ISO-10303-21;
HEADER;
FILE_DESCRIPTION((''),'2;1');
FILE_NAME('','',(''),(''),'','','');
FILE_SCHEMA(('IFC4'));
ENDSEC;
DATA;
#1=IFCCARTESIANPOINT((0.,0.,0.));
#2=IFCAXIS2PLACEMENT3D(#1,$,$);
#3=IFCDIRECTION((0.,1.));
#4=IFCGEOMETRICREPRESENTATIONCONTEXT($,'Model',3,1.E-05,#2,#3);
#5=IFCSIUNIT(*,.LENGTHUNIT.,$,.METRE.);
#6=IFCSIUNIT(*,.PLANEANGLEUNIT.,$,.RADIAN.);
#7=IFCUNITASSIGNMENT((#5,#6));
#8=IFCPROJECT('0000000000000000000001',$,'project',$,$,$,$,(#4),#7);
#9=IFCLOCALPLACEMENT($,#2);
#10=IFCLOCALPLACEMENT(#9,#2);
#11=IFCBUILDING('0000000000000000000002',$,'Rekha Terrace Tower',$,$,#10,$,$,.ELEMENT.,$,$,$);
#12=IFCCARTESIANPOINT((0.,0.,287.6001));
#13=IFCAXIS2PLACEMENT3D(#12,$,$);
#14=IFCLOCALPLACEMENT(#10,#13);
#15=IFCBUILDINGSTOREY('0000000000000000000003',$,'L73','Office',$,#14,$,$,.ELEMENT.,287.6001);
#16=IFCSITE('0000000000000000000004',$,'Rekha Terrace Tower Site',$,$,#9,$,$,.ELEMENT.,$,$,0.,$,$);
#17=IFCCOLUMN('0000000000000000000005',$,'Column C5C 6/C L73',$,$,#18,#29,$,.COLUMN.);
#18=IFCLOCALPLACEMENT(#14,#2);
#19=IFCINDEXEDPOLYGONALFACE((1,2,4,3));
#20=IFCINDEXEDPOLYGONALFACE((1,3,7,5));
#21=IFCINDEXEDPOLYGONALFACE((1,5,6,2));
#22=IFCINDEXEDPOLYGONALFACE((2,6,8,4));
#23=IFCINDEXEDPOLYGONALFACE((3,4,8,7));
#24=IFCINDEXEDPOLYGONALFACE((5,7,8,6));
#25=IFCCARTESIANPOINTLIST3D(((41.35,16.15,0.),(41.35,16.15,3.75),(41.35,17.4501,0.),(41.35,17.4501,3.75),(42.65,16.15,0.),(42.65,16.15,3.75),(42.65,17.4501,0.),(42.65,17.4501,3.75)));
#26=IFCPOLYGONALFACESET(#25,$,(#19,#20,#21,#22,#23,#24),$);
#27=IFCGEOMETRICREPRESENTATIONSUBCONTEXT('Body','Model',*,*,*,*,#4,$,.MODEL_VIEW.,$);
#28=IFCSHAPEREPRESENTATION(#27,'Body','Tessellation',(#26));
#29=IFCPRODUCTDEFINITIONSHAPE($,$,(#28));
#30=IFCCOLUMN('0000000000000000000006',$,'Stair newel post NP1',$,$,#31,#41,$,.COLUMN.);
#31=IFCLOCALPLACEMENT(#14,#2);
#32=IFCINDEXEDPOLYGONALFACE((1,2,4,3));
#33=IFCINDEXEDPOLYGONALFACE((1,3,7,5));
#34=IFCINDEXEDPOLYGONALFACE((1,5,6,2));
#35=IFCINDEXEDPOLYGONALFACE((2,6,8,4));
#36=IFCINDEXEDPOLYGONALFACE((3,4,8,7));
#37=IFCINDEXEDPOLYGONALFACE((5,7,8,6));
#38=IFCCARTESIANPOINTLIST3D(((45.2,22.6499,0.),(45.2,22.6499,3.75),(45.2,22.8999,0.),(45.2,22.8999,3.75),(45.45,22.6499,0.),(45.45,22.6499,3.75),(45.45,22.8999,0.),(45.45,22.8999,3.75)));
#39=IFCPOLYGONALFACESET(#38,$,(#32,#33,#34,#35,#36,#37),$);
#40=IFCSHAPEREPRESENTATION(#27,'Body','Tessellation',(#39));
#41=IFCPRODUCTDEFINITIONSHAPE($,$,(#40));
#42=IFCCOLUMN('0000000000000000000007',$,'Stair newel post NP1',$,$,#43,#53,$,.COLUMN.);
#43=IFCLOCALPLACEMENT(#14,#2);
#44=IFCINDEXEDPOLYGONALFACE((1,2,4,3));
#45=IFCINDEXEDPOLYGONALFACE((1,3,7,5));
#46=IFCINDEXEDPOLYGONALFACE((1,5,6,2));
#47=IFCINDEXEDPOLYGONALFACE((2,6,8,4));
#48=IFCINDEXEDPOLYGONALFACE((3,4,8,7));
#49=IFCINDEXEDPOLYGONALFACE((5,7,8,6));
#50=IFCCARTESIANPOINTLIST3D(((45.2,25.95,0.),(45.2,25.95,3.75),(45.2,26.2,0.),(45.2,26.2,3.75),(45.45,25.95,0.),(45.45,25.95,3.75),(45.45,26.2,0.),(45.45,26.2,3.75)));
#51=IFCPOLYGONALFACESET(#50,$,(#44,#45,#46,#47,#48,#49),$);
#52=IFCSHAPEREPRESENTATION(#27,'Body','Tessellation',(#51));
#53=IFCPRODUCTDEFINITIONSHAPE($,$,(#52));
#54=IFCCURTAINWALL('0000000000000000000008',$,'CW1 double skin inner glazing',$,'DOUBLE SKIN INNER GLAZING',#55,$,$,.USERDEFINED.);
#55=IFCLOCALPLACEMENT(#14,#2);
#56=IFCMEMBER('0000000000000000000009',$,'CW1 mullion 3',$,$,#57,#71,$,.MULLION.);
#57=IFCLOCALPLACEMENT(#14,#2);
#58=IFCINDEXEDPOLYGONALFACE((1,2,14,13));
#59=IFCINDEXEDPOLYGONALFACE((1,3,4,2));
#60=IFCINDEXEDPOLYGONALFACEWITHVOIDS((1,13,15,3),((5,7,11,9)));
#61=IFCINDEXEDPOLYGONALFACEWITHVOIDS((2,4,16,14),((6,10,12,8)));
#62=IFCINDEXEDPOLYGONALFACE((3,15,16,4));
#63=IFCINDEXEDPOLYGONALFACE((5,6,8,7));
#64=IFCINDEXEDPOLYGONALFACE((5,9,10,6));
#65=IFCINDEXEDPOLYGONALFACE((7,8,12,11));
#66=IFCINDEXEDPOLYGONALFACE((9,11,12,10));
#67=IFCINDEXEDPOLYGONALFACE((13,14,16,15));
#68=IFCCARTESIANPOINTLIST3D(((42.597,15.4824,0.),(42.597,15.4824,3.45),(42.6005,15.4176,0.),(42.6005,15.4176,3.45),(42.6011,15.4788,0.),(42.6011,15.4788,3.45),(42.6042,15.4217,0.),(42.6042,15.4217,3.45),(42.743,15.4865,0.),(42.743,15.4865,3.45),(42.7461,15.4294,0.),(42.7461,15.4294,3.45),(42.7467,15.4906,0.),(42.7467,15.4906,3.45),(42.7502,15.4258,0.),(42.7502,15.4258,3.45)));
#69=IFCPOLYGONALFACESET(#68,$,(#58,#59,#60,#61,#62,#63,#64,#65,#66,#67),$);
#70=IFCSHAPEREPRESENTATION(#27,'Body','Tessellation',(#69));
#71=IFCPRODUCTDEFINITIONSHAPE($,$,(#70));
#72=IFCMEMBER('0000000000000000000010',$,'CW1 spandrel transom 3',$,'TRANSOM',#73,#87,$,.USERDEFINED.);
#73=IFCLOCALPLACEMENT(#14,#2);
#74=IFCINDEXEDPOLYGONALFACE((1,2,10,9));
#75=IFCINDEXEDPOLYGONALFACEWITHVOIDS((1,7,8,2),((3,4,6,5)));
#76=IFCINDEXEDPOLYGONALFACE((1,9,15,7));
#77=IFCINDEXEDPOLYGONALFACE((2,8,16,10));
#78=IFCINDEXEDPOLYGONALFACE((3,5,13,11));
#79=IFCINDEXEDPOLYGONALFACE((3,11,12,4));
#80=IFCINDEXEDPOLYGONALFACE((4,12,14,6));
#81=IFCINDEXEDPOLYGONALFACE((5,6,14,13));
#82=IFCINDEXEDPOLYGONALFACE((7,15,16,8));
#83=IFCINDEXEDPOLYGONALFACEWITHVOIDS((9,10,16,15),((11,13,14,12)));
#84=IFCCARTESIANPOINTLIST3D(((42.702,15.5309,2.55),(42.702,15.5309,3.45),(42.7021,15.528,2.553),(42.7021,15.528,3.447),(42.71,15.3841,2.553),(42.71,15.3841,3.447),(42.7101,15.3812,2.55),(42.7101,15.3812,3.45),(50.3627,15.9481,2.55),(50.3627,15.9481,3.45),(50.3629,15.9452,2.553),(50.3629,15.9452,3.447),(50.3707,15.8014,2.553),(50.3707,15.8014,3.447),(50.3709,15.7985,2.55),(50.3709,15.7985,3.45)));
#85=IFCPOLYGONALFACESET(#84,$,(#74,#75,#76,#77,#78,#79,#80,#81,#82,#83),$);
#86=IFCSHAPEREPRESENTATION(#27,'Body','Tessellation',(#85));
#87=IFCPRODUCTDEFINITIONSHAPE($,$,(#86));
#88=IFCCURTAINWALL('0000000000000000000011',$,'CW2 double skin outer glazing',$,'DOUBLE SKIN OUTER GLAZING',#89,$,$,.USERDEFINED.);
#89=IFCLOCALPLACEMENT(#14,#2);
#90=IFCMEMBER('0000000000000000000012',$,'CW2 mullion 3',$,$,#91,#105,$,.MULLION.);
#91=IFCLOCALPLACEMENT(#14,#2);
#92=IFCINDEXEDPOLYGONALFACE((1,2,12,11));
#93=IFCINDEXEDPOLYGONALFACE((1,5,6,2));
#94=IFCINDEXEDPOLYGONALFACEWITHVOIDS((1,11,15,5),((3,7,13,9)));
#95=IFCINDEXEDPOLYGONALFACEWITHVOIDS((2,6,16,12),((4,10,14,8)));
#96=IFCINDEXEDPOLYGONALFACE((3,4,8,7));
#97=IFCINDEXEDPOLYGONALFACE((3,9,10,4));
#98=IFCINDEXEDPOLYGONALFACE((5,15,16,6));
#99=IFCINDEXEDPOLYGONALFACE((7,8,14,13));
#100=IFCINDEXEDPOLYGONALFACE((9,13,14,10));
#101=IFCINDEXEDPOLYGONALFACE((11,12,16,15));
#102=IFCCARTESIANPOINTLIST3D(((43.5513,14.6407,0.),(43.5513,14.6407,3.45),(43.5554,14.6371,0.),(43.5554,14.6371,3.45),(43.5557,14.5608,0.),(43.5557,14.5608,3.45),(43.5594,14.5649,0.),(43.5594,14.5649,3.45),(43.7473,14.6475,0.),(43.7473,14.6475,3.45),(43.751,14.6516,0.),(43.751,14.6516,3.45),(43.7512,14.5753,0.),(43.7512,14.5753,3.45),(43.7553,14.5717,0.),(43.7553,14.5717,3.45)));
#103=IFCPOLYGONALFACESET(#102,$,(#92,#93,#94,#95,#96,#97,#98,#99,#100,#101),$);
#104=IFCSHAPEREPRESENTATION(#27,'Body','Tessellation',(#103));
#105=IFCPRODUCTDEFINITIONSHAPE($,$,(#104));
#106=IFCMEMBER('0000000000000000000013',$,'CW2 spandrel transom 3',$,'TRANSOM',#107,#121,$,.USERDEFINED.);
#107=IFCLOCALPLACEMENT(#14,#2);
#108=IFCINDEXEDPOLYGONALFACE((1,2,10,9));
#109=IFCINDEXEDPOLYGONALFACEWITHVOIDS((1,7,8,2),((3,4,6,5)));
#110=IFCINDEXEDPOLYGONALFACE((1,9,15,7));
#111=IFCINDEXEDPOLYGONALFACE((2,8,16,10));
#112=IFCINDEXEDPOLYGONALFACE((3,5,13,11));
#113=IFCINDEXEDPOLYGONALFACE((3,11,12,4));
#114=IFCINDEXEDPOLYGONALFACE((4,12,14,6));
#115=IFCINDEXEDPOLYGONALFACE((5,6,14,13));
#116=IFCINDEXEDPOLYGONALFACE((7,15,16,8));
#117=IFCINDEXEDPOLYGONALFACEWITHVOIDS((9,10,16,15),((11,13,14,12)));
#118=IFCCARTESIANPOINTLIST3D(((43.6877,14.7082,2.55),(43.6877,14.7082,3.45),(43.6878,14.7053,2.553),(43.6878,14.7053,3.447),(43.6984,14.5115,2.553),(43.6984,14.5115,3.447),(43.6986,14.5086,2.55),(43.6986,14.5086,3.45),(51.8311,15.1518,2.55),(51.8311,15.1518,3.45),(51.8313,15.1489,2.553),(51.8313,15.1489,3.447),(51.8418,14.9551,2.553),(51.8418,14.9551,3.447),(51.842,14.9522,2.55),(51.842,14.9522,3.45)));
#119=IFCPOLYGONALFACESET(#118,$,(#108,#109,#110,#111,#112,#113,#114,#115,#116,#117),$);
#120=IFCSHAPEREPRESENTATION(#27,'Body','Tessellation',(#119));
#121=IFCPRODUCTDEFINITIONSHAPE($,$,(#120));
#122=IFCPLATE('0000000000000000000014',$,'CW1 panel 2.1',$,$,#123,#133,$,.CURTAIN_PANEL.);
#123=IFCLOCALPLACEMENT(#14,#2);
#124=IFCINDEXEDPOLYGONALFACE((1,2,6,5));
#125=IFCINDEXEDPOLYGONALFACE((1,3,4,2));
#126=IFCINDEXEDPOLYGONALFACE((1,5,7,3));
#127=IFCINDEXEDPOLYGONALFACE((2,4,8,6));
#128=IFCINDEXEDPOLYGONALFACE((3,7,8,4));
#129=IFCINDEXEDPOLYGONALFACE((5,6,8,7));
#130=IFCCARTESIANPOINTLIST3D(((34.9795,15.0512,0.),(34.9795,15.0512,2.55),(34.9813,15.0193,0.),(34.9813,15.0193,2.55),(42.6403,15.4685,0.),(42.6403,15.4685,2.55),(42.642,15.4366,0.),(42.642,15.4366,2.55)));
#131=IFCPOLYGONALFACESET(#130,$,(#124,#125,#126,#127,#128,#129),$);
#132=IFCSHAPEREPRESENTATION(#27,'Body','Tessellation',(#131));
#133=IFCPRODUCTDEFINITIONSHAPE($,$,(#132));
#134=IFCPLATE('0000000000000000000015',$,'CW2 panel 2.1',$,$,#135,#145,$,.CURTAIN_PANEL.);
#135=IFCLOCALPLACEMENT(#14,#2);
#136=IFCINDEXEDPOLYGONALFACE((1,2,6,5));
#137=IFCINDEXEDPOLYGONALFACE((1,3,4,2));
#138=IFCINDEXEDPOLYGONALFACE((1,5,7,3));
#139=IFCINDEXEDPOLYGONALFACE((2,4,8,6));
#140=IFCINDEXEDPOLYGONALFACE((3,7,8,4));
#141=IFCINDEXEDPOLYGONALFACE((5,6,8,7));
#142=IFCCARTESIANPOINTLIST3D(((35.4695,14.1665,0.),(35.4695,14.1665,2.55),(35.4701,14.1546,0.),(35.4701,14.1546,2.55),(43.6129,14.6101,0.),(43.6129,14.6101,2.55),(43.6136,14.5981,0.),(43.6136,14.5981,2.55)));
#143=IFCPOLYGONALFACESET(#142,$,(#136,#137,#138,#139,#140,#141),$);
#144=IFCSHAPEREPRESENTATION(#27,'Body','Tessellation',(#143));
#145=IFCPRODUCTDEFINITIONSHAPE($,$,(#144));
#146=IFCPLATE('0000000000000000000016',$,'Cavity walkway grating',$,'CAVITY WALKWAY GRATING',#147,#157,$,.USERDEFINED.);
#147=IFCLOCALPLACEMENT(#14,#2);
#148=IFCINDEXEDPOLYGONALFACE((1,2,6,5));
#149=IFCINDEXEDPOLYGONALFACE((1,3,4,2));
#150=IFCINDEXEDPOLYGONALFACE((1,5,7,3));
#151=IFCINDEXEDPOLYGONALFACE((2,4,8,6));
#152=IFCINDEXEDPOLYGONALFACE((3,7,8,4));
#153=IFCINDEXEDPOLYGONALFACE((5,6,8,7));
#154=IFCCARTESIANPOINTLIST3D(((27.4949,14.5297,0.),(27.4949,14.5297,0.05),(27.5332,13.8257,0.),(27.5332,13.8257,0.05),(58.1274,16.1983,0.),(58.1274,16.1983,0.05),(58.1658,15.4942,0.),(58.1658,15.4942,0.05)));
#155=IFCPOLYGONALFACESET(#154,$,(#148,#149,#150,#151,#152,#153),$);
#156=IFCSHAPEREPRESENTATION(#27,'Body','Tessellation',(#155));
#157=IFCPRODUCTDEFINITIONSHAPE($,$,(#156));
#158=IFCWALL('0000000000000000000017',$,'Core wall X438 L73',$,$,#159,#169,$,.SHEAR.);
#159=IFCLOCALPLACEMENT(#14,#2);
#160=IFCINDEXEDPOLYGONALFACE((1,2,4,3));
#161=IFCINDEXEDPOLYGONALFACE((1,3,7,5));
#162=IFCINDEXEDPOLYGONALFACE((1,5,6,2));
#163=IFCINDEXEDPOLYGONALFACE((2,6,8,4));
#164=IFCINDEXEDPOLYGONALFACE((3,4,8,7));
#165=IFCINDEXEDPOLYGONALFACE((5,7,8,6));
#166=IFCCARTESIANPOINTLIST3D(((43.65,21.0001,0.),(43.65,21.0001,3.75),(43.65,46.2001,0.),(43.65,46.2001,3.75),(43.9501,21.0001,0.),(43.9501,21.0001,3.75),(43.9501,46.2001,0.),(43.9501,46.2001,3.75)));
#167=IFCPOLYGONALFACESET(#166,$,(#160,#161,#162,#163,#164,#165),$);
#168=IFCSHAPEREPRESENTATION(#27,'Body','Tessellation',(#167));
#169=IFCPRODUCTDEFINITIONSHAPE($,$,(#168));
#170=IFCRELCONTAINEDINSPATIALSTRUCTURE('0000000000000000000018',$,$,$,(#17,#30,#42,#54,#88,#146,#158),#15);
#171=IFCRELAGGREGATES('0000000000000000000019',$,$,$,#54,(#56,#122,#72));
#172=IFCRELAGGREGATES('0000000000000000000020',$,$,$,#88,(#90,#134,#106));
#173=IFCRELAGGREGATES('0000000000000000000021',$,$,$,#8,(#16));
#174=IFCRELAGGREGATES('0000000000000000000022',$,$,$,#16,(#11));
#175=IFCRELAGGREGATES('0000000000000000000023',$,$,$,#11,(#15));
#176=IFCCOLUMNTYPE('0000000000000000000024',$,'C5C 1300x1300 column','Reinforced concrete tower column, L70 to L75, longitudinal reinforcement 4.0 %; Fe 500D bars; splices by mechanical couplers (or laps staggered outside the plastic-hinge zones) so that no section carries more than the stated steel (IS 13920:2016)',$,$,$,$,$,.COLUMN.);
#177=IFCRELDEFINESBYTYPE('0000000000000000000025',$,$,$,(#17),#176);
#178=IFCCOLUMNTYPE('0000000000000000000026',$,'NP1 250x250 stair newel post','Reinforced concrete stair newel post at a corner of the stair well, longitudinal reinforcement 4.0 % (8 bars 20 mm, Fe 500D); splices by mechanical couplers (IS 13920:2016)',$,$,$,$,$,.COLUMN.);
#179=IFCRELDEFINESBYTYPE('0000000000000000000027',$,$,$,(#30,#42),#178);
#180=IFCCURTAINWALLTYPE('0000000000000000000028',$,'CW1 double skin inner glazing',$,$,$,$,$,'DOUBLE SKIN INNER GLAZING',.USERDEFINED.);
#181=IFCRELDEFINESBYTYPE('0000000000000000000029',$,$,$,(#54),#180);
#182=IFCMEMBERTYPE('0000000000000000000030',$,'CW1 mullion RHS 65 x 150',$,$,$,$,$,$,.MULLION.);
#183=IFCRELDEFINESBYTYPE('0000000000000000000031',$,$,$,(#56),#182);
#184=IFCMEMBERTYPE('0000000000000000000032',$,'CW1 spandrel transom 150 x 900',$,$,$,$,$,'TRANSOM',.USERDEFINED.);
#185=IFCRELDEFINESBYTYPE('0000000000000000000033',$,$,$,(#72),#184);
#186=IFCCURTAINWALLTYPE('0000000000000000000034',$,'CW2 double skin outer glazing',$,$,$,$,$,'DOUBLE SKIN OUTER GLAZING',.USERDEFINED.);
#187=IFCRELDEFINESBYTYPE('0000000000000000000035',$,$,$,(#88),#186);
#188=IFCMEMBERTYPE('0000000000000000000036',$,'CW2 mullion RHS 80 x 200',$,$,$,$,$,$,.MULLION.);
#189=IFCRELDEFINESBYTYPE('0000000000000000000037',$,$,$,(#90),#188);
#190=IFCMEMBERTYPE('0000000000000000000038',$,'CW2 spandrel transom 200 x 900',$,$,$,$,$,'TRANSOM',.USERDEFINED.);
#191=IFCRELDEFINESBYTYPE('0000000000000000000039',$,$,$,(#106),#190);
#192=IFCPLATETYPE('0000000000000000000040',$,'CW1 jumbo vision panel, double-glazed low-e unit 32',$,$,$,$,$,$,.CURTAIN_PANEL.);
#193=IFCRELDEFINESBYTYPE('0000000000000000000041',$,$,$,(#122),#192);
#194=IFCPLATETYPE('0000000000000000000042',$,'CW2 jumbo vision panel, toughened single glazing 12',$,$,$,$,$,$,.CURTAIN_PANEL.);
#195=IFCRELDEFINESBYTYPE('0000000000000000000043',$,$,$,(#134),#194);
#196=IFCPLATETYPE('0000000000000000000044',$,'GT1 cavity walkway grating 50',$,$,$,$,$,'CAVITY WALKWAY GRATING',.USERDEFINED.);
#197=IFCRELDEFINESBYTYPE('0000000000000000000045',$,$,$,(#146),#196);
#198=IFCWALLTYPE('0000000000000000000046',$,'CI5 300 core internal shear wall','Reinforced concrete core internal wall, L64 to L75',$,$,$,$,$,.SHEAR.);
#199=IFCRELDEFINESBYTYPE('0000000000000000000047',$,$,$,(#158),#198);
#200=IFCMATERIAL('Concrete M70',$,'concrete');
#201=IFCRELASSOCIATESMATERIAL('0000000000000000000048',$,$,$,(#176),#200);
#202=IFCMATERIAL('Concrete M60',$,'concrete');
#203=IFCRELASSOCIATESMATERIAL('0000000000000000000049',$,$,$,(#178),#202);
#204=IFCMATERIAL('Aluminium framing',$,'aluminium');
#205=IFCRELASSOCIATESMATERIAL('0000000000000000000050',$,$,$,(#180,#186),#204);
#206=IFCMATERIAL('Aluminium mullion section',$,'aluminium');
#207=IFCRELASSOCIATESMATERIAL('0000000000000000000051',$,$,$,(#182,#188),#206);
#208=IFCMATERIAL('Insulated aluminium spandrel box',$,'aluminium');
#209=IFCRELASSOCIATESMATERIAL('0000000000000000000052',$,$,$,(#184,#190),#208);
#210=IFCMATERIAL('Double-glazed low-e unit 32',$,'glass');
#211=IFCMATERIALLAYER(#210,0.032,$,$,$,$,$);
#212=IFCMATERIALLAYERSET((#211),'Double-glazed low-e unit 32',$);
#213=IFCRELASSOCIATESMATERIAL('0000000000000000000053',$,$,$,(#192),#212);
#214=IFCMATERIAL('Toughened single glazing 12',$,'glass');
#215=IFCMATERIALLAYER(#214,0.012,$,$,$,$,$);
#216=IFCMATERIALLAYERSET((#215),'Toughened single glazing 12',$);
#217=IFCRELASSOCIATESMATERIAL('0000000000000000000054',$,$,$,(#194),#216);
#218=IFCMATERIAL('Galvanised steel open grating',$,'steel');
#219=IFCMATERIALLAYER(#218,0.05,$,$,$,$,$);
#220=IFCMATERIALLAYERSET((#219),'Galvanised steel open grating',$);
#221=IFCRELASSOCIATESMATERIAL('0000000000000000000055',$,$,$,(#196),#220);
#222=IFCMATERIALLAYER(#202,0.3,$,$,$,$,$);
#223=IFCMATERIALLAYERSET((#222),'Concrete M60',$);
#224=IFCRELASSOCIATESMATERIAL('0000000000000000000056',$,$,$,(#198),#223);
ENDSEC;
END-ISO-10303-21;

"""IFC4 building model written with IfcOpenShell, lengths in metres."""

from ifc_helpers import new_model, si_unit, direction, frame, frame_2d, origin, origin_2d, place, context, subcontext, project, spatial, rectangle, hollow_rectangle, extrude, material, layer, layer_set, material_profile, profile_set, type_object, element, aggregate, save


model = new_model("IFC4")

# Units and contexts
model_context = context("Model", 3, precision=1e-05, world=origin(), true_north=direction((0.0, 1.0)))
body_context = subcontext(model_context, "Body", "Model", "MODEL_VIEW")
ifc_project = project(units=[si_unit("LENGTHUNIT", "METRE"), si_unit("PLANEANGLEUNIT", "RADIAN")], contexts=[model_context])

# Site, building, storey
site_placement = place(None, origin())
site = spatial("IfcSite", under=ifc_project, at=site_placement, Name="Rekha Terrace Tower Site", CompositionType="ELEMENT", RefElevation=0.0)
building_placement = place(site_placement, origin())
building = spatial("IfcBuilding", under=site, at=building_placement, Name="Rekha Terrace Tower", CompositionType="ELEMENT")
storey_placement = place(building_placement, frame((0.0, 0.0, 287.6001)))
storey = spatial("IfcBuildingStorey", under=building, at=storey_placement, Name="L73", Description="Office", CompositionType="ELEMENT", Elevation=287.6001)

# Columns
ifc_material_1 = material(Name="Concrete M70", Category="concrete")
ifc_material_profile_1 = material_profile(ifc_material_1, rectangle(XDim=1.3, YDim=1.3, at=origin_2d()), Name="RC 1300x1300")
ifc_profile_set_1 = profile_set([ifc_material_profile_1], Name="Concrete M70")
column_type_1 = type_object("IfcColumnType", Name="C5C 1300x1300 column", Description="Reinforced concrete tower column, L70 to L75, longitudinal reinforcement 4.0 %; Fe 500D bars; splices by mechanical couplers (or laps staggered outside the plastic-hinge zones) so that no section carries more than the stated steel (IS 13920:2016)", PredefinedType="COLUMN", material=ifc_profile_set_1)
column_placement = place(storey_placement, frame((42.0, 16.8, 0.0), z_axis=(0.0, 0.0, 1.0), x_axis=(1.0, 0.0, 0.0)))
element("IfcColumn", 1, at=column_placement, inside=storey, type_object=column_type_1, Name="Column C5C 6/C L73", PredefinedType="COLUMN", context=body_context, shape_type="SweptSolid", body=[
    extrude(rectangle(XDim=1.3, YDim=1.3, at=origin_2d()), origin(), (0.0, 0.0, 1.0), 3.75),
])
ifc_material_2 = material(Name="Concrete M60", Category="concrete")
ifc_material_profile_2 = material_profile(ifc_material_2, rectangle(XDim=0.25, YDim=0.25, at=origin_2d()), Name="RC 250x250")
ifc_profile_set_2 = profile_set([ifc_material_profile_2], Name="Concrete M60")
column_type_2 = type_object("IfcColumnType", Name="NP1 250x250 stair newel post", Description="Reinforced concrete stair newel post at a corner of the stair well, longitudinal reinforcement 4.0 % (8 bars 20 mm, Fe 500D); splices by mechanical couplers (IS 13920:2016)", PredefinedType="COLUMN", material=ifc_profile_set_2)
for number, where, z_axis, x_axis, name in (
    (2, (45.325, 22.7749, 0.0), (0.0, 0.0, 1.0), (1.0, 0.0, 0.0), "Stair newel post NP1"),
    (3, (45.325, 26.075, 0.0), (0.0, 0.0, 1.0), (1.0, 0.0, 0.0), "Stair newel post NP1"),
):
    element("IfcColumn", number, at=place(storey_placement, frame(where, z_axis=z_axis, x_axis=x_axis)), inside=storey, type_object=column_type_2, Name=name, PredefinedType="COLUMN", context=body_context, shape_type="SweptSolid", body=[
        extrude(rectangle(XDim=0.25, YDim=0.25, at=origin_2d()), origin(), (0.0, 0.0, 1.0), 3.75),
    ])

# Curtain walls, members
ifc_material_3 = material(Name="Aluminium framing", Category="aluminium")
curtain_wall_type_1 = type_object("IfcCurtainWallType", Name="CW1 double skin inner glazing", ElementType="DOUBLE SKIN INNER GLAZING", PredefinedType="USERDEFINED", material=ifc_material_3)
curtain_wall_1_placement = place(storey_placement, origin())
curtain_wall_1 = element("IfcCurtainWall", 4, at=curtain_wall_1_placement, inside=storey, type_object=curtain_wall_type_1, Name="CW1 double skin inner glazing", ObjectType="DOUBLE SKIN INNER GLAZING", PredefinedType="USERDEFINED")
ifc_material_4 = material(Name="Aluminium mullion section", Category="aluminium")
ifc_material_profile_3 = material_profile(ifc_material_4, hollow_rectangle(XDim=0.0649, YDim=0.1499, WallThickness=0.0039, at=origin_2d()), Name="AL RHS 65x150")
ifc_profile_set_3 = profile_set([ifc_material_profile_3], Name="Aluminium mullion section")
member_type_1 = type_object("IfcMemberType", Name="CW1 mullion RHS 65 x 150", PredefinedType="MULLION", material=ifc_profile_set_3)
member_1_placement = place(storey_placement, frame((42.6736, 15.4541, 0.0), z_axis=(0.0, 0.0, 1.0), x_axis=(-0.054389, 0.99852, 0.0)))
member_1 = element("IfcMember", 5, at=member_1_placement, type_object=member_type_1, Name="CW1 mullion 3", PredefinedType="MULLION", context=body_context, shape_type="SweptSolid", body=[
    extrude(hollow_rectangle(XDim=0.0649, YDim=0.1499, WallThickness=0.0039, at=origin_2d()), origin(), (0.0, 0.0, 1.0), 3.45),
])
ifc_material_5 = material(Name="Insulated aluminium spandrel box", Category="aluminium")
ifc_material_profile_4 = material_profile(ifc_material_5, hollow_rectangle(XDim=0.1499, YDim=0.8999, WallThickness=0.0029, at=origin_2d()), Name="AL SPANDREL BOX 150x900")
ifc_profile_set_4 = profile_set([ifc_material_profile_4], Name="Insulated aluminium spandrel box")
member_type_2 = type_object("IfcMemberType", Name="CW1 spandrel transom 150 x 900", ElementType="TRANSOM", PredefinedType="USERDEFINED", material=ifc_profile_set_4)
member_2_placement = place(storey_placement, frame((42.7061, 15.4561, 3.0), z_axis=(0.99852, 0.054384, 0.0), x_axis=(-0.054384, 0.99852, 0.0)))
member_2 = element("IfcMember", 6, at=member_2_placement, type_object=member_type_2, Name="CW1 spandrel transom 3", ObjectType="TRANSOM", PredefinedType="USERDEFINED", context=body_context, shape_type="SweptSolid", body=[
    extrude(hollow_rectangle(XDim=0.1499, YDim=0.8999, WallThickness=0.0029, at=origin_2d()), origin(), (0.0, 0.0, 1.0), 7.6721),
])
curtain_wall_type_2 = type_object("IfcCurtainWallType", Name="CW2 double skin outer glazing", ElementType="DOUBLE SKIN OUTER GLAZING", PredefinedType="USERDEFINED", material=ifc_material_3)
curtain_wall_2_placement = place(storey_placement, origin())
curtain_wall_2 = element("IfcCurtainWall", 7, at=curtain_wall_2_placement, inside=storey, type_object=curtain_wall_type_2, Name="CW2 double skin outer glazing", ObjectType="DOUBLE SKIN OUTER GLAZING", PredefinedType="USERDEFINED")
ifc_material_profile_5 = material_profile(ifc_material_4, hollow_rectangle(XDim=0.0801, YDim=0.2, WallThickness=0.0039, at=origin_2d()), Name="AL RHS 80x200")
ifc_profile_set_5 = profile_set([ifc_material_profile_5], Name="Aluminium mullion section")
member_type_3 = type_object("IfcMemberType", Name="CW2 mullion RHS 80 x 200", PredefinedType="MULLION", material=ifc_profile_set_5)
member_3_placement = place(storey_placement, frame((43.6533, 14.6062, 0.0), z_axis=(0.0, 0.0, 1.0), x_axis=(-0.054389, 0.99852, 0.0)))
member_3 = element("IfcMember", 8, at=member_3_placement, type_object=member_type_3, Name="CW2 mullion 3", PredefinedType="MULLION", context=body_context, shape_type="SweptSolid", body=[
    extrude(hollow_rectangle(XDim=0.0801, YDim=0.2, WallThickness=0.0039, at=origin_2d()), origin(), (0.0, 0.0, 1.0), 3.45),
])
ifc_material_profile_6 = material_profile(ifc_material_5, hollow_rectangle(XDim=0.2, YDim=0.8999, WallThickness=0.0029, at=origin_2d()), Name="AL SPANDREL BOX 200x900")
ifc_profile_set_6 = profile_set([ifc_material_profile_6], Name="Insulated aluminium spandrel box")
member_type_4 = type_object("IfcMemberType", Name="CW2 spandrel transom 200 x 900", ElementType="TRANSOM", PredefinedType="USERDEFINED", material=ifc_profile_set_6)
member_4_placement = place(storey_placement, frame((43.6931, 14.6084, 3.0), z_axis=(0.99852, 0.054392, 0.0), x_axis=(-0.054392, 0.99852, 0.0)))
member_4 = element("IfcMember", 9, at=member_4_placement, type_object=member_type_4, Name="CW2 spandrel transom 3", ObjectType="TRANSOM", PredefinedType="USERDEFINED", context=body_context, shape_type="SweptSolid", body=[
    extrude(hollow_rectangle(XDim=0.2, YDim=0.8999, WallThickness=0.0029, at=origin_2d()), origin(), (0.0, 0.0, 1.0), 8.1555),
])

# Plates
ifc_material_6 = material(Name="Double-glazed low-e unit 32", Category="glass")
ifc_layer_1 = layer(ifc_material_6, 0.032)
ifc_layer_set_1 = layer_set([ifc_layer_1], Name="Double-glazed low-e unit 32")
plate_type_1 = type_object("IfcPlateType", Name="CW1 jumbo vision panel, double-glazed low-e unit 32", PredefinedType="CURTAIN_PANEL", material=ifc_layer_set_1)
plate_1_placement = place(storey_placement, frame((38.8108, 15.2439, 0.0), z_axis=(0.0, 0.0, 1.0), x_axis=(0.99852, 0.054389, 0.0)))
plate_1 = element("IfcPlate", 10, at=plate_1_placement, type_object=plate_type_1, Name="CW1 panel 2.1", PredefinedType="CURTAIN_PANEL", context=body_context, shape_type="SweptSolid", body=[
    extrude(rectangle(XDim=7.6721, YDim=0.032, at=origin_2d()), origin(), (0.0, 0.0, 1.0), 2.55),
])
aggregate(curtain_wall_1, [member_1, plate_1, member_2])
ifc_material_7 = material(Name="Toughened single glazing 12", Category="glass")
ifc_layer_2 = layer(ifc_material_7, 0.012)
ifc_layer_set_2 = layer_set([ifc_layer_2], Name="Toughened single glazing 12")
plate_type_2 = type_object("IfcPlateType", Name="CW2 jumbo vision panel, toughened single glazing 12", PredefinedType="CURTAIN_PANEL", material=ifc_layer_set_2)
plate_2_placement = place(storey_placement, frame((39.5415, 14.3823, 0.0), z_axis=(0.0, 0.0, 1.0), x_axis=(0.99852, 0.054389, 0.0)))
plate_2 = element("IfcPlate", 11, at=plate_2_placement, type_object=plate_type_2, Name="CW2 panel 2.1", PredefinedType="CURTAIN_PANEL", context=body_context, shape_type="SweptSolid", body=[
    extrude(rectangle(XDim=8.1555, YDim=0.012, at=origin_2d()), origin(), (0.0, 0.0, 1.0), 2.55),
])
aggregate(curtain_wall_2, [member_3, plate_2, member_4])
ifc_material_8 = material(Name="Galvanised steel open grating", Category="steel")
ifc_layer_3 = layer(ifc_material_8, 0.05)
ifc_layer_set_3 = layer_set([ifc_layer_3], Name="Galvanised steel open grating")
plate_type_3 = type_object("IfcPlateType", Name="GT1 cavity walkway grating 50", ElementType="CAVITY WALKWAY GRATING", PredefinedType="USERDEFINED", material=ifc_layer_set_3)
plate_3_placement = place(storey_placement, frame((42.8303, 15.012, 0.0), z_axis=(0.0, 0.0, 1.0), x_axis=(0.99852, 0.054389, 0.0)))
element("IfcPlate", 12, at=plate_3_placement, inside=storey, type_object=plate_type_3, Name="Cavity walkway grating", ObjectType="CAVITY WALKWAY GRATING", PredefinedType="USERDEFINED", context=body_context, shape_type="SweptSolid", body=[
    extrude(rectangle(XDim=30.678, YDim=0.7051, at=origin_2d()), origin(), (0.0, 0.0, 1.0), 0.05),
])

# Wall
ifc_layer_4 = layer(ifc_material_2, 0.3)
ifc_layer_set_4 = layer_set([ifc_layer_4], Name="Concrete M60")
wall_type_1 = type_object("IfcWallType", Name="CI5 300 core internal shear wall", Description="Reinforced concrete core internal wall, L64 to L75", PredefinedType="SHEAR", material=ifc_layer_set_4)
wall_1_placement = place(storey_placement, frame((43.8, 21.0, 0.0), z_axis=(0.0, 0.0, 1.0), x_axis=(0.0, 1.0, 0.0)))
element("IfcWall", 13, at=wall_1_placement, inside=storey, type_object=wall_type_1, Name="Core wall X438 L73", PredefinedType="SHEAR", context=body_context, shape_type="SweptSolid", body=[
    extrude(rectangle(XDim=25.2, YDim=0.3, at=frame_2d((12.6001, 0.0))), origin(), (0.0, 0.0, 1.0), 3.75),
])

save(model, "model.ifc")
